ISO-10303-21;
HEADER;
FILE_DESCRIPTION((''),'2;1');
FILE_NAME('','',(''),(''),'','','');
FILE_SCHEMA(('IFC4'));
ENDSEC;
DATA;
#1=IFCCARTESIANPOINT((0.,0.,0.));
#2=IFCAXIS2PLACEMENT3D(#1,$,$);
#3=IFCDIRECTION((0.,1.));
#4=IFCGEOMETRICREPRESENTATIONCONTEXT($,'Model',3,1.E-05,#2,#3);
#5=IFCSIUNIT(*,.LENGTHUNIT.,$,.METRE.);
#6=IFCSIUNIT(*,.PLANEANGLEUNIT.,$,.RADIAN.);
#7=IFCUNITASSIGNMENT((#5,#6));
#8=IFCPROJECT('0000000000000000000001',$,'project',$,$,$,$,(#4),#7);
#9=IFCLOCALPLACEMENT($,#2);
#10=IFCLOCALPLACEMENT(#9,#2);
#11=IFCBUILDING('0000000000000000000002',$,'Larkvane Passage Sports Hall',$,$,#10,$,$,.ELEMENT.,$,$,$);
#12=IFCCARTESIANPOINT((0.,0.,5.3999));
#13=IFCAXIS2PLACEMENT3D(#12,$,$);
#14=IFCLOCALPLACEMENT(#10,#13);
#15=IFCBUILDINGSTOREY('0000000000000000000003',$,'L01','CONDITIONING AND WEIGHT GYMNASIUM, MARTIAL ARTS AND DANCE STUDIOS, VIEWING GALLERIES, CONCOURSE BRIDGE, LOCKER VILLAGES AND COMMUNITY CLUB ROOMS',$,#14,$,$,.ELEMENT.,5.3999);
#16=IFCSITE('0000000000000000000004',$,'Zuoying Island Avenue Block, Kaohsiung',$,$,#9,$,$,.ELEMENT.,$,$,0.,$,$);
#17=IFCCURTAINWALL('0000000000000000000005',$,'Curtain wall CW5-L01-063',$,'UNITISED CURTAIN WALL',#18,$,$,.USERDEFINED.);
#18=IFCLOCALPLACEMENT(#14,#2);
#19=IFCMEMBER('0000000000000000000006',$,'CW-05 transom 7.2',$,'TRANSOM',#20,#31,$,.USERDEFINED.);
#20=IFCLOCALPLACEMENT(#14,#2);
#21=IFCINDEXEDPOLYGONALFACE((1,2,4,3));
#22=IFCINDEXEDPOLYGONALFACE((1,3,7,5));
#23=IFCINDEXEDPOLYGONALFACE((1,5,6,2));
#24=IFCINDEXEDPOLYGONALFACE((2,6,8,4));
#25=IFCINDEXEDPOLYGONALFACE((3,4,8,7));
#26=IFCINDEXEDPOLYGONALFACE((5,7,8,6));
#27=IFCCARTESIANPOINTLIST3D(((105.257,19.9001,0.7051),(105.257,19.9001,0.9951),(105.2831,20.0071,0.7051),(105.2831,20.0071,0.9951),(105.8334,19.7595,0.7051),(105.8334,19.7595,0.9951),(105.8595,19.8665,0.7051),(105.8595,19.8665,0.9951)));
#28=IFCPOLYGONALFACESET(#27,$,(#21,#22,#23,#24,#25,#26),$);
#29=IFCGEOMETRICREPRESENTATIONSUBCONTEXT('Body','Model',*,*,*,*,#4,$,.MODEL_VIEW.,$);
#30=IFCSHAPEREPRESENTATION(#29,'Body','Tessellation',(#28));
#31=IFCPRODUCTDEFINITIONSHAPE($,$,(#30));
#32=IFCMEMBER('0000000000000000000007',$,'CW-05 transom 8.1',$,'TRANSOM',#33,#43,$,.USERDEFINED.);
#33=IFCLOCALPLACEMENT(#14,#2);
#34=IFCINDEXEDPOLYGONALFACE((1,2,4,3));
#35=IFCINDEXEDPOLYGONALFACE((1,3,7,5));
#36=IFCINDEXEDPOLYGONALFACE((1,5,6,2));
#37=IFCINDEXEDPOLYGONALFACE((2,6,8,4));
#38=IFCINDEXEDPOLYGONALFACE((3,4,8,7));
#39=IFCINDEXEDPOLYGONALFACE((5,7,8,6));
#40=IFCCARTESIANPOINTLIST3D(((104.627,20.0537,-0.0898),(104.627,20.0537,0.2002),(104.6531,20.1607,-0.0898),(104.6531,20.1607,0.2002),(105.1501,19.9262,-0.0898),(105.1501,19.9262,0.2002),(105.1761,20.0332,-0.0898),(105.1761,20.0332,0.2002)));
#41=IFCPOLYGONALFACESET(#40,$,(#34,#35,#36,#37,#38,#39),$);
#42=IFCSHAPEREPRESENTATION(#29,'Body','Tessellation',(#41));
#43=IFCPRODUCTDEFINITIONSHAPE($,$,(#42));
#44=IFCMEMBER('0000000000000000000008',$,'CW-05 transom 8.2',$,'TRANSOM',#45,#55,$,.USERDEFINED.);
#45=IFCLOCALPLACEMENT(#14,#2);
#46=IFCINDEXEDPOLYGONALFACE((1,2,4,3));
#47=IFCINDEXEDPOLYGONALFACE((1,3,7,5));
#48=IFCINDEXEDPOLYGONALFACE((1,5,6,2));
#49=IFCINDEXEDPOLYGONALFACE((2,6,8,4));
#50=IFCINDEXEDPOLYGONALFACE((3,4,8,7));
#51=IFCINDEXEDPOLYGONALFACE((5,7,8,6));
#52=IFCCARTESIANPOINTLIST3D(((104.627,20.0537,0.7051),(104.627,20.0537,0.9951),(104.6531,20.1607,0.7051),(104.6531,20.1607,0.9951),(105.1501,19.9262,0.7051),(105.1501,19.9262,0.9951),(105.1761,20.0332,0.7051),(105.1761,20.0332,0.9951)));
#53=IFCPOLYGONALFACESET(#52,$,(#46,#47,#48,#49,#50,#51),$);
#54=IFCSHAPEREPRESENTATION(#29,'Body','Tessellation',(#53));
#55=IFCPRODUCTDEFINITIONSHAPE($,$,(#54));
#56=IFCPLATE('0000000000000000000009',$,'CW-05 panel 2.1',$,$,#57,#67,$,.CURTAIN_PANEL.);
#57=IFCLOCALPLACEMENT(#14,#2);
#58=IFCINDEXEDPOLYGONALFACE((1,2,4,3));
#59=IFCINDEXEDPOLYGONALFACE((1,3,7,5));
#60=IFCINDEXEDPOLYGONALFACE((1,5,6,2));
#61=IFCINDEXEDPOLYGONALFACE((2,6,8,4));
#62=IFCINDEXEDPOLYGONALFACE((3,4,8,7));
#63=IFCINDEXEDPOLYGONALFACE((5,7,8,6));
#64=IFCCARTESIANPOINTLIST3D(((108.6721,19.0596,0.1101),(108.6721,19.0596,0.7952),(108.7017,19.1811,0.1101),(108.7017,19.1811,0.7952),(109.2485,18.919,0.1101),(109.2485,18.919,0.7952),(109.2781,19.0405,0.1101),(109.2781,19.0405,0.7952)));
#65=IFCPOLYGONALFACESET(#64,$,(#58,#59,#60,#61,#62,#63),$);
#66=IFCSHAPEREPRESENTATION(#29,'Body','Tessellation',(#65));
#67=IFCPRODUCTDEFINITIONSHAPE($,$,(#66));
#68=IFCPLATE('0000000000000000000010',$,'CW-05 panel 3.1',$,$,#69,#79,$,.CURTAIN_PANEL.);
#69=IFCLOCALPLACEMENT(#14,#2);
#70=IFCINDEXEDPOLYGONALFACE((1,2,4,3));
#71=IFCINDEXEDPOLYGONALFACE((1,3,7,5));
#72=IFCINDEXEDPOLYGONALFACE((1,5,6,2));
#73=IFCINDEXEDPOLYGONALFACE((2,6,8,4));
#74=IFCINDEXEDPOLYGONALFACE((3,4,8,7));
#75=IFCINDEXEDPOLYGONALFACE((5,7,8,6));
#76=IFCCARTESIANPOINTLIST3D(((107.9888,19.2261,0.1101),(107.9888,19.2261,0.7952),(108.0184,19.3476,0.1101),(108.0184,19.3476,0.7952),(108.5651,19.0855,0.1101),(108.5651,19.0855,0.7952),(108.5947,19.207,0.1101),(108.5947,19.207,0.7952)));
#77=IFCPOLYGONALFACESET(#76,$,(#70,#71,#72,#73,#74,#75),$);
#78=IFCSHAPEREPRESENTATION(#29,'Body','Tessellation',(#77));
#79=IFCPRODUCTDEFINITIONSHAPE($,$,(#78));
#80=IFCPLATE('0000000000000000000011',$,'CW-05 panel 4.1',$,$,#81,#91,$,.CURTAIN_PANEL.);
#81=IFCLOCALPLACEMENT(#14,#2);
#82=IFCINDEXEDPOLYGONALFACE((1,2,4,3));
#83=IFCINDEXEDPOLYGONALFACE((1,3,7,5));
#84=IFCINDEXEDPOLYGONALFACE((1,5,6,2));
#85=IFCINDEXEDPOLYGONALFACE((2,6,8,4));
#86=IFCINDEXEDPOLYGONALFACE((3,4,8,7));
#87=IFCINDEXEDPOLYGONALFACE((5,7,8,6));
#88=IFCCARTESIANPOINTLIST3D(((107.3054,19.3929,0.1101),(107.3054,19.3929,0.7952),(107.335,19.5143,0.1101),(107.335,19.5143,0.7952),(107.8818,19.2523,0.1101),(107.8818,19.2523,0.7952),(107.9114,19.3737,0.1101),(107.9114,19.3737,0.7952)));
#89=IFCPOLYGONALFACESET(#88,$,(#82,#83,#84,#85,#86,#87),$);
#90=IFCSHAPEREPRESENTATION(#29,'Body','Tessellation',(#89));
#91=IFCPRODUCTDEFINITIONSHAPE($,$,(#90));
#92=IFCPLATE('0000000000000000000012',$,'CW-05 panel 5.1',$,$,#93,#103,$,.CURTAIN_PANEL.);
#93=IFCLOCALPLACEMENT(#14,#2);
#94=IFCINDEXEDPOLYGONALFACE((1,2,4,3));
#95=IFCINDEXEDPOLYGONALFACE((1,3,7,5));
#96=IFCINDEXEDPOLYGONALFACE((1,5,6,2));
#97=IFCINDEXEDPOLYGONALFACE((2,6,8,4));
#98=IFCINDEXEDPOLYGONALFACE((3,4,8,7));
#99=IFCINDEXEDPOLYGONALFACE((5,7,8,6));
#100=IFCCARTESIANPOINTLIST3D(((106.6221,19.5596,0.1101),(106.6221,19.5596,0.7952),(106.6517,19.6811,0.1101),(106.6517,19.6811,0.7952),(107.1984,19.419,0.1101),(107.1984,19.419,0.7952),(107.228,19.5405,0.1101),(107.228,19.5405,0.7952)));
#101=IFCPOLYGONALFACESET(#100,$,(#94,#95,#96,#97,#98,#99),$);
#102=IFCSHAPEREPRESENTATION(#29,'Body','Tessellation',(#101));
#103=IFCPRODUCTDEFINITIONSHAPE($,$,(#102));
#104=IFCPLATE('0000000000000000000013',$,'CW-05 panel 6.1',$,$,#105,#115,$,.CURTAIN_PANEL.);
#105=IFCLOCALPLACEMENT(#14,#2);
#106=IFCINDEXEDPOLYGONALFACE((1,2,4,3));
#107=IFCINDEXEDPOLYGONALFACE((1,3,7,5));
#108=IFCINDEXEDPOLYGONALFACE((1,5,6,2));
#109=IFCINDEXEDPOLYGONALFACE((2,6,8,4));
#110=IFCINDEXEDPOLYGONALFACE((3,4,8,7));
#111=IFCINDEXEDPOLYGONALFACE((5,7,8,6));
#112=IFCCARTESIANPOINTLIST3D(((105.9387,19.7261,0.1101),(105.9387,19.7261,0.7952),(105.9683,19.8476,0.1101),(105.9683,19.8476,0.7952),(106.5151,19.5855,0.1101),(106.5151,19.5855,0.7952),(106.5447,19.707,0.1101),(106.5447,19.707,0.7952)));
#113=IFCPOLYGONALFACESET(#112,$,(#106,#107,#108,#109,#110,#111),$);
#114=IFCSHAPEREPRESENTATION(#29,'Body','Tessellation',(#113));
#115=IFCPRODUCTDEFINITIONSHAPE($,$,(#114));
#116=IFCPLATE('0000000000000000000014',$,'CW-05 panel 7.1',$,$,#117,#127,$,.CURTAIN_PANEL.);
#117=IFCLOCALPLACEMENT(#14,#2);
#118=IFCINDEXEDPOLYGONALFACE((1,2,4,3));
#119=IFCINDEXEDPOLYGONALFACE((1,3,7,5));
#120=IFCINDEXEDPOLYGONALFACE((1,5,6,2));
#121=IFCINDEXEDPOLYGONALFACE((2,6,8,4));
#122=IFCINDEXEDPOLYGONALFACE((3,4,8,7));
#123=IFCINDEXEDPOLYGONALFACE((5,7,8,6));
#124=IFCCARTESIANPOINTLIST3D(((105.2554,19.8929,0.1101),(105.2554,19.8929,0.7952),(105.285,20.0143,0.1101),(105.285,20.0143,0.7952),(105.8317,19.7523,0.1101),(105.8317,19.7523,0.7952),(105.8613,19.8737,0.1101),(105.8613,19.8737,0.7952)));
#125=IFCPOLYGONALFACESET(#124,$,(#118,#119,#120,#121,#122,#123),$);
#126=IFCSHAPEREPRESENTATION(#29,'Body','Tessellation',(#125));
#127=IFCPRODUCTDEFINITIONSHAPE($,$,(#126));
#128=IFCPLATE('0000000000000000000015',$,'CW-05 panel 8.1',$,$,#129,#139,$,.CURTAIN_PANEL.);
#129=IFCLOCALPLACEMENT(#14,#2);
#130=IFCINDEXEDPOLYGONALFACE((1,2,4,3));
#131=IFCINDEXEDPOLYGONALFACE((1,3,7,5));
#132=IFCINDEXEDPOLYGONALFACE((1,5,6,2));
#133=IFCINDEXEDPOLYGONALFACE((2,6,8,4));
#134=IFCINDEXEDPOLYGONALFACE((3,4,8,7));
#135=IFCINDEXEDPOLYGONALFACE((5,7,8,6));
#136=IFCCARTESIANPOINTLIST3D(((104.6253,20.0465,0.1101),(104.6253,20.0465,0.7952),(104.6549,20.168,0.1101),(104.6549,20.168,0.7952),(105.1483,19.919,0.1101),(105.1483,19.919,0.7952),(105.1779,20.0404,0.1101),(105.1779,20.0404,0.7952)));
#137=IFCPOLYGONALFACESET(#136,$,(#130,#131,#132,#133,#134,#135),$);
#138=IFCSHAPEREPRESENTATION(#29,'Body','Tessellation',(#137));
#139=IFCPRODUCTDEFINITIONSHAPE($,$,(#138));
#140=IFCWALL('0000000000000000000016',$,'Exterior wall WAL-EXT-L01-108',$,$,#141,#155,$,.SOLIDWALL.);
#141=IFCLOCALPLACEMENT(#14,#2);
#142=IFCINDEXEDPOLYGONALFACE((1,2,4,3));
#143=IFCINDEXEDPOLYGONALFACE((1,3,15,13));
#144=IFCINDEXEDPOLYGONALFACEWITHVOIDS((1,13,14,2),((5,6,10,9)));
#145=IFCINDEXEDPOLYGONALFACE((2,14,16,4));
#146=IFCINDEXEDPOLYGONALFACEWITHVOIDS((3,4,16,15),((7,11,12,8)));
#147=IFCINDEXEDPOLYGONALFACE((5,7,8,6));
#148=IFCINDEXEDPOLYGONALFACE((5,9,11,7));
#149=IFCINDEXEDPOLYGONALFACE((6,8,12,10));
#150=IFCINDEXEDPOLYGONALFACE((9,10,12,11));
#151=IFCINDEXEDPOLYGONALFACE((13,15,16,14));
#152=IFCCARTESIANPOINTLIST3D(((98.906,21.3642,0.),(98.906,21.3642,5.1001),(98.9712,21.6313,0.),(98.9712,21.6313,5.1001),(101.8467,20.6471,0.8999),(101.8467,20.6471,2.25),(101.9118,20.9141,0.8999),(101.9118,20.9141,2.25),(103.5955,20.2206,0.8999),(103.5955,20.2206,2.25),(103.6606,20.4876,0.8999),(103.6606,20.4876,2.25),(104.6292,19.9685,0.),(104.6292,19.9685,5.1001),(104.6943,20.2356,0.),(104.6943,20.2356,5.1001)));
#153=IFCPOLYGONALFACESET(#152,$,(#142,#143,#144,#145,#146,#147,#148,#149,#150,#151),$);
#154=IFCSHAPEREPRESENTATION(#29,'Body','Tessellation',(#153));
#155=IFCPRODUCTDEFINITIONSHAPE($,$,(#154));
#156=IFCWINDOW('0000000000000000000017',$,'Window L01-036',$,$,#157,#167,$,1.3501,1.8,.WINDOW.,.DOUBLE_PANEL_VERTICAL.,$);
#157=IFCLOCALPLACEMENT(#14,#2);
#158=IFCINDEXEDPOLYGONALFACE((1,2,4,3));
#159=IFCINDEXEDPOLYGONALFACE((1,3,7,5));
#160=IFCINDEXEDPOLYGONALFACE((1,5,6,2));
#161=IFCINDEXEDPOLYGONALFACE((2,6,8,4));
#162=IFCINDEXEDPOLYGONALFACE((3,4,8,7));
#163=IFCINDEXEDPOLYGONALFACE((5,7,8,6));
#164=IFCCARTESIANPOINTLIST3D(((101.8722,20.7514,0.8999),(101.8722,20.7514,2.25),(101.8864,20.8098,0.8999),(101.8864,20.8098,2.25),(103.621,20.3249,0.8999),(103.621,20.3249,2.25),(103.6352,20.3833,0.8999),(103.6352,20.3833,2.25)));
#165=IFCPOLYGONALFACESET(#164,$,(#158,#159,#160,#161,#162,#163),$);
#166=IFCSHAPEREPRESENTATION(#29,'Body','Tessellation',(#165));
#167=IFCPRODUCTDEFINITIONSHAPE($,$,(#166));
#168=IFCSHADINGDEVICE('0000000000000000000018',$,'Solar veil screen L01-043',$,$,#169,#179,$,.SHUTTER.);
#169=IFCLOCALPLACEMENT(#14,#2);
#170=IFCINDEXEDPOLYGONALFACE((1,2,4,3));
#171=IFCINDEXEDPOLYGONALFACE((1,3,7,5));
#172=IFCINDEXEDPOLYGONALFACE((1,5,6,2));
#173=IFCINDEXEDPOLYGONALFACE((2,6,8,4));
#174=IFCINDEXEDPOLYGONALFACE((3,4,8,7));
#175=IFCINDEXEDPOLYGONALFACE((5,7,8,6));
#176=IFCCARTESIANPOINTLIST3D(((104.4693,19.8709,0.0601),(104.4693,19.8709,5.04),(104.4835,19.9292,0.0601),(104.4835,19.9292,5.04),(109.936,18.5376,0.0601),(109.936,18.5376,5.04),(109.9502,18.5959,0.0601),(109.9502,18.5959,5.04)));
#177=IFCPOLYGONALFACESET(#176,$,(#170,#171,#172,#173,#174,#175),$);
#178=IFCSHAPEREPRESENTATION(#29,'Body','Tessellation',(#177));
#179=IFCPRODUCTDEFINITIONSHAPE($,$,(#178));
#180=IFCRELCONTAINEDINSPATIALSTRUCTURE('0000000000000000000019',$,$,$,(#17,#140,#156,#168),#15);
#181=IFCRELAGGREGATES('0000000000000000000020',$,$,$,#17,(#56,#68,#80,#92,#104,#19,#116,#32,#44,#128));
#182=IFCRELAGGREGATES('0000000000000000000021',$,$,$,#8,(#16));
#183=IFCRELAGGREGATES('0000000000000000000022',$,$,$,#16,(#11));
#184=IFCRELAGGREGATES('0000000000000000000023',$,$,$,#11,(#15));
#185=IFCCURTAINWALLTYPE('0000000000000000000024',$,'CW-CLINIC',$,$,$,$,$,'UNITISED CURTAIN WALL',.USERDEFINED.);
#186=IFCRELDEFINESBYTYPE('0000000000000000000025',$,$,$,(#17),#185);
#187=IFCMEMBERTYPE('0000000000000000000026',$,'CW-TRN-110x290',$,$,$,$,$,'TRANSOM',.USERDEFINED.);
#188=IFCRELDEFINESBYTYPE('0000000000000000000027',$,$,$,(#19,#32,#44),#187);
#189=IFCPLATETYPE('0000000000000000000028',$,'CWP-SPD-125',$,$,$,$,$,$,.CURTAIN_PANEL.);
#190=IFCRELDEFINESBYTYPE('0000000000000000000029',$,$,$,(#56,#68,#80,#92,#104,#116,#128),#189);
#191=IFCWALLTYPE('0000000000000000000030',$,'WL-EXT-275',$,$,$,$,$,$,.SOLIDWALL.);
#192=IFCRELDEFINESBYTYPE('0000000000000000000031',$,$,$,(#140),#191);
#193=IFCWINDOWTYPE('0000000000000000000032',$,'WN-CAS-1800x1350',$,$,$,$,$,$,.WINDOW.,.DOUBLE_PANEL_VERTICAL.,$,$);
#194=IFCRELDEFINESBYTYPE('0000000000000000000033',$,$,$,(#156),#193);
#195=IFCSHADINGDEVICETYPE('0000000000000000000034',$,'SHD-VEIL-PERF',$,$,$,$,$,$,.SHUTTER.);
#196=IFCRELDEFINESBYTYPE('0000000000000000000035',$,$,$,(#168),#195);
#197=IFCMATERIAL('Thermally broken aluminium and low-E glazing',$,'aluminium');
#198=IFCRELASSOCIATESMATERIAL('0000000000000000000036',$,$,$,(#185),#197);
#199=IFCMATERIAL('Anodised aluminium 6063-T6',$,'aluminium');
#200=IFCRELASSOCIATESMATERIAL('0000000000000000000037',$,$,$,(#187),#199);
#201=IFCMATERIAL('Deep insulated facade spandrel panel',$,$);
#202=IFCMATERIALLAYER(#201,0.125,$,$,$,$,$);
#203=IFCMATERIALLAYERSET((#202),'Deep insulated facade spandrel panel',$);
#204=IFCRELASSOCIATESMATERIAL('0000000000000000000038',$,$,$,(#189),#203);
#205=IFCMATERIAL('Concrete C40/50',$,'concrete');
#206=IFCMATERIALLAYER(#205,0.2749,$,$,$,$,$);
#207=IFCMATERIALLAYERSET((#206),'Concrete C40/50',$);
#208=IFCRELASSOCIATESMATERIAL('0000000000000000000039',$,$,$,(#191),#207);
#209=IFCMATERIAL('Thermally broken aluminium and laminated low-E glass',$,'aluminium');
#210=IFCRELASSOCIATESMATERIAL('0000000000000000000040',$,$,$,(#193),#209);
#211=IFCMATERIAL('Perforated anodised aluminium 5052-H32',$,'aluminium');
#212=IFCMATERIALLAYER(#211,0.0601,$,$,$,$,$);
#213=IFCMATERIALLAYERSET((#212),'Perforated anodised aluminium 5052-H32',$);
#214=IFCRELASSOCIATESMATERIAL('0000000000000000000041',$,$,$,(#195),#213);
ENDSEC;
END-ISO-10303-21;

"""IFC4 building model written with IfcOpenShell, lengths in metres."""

from ifc_helpers import new_model, si_unit, direction, frame, frame_2d, origin, origin_2d, place, context, subcontext, project, spatial, rectangle, extrude, material, layer, layer_set, material_profile, profile_set, type_object, element, fill, aggregate, save


model = new_model("IFC4")

# Units and contexts
model_context = context("Model", 3, precision=1e-05, world=origin(), true_north=direction((0.0, 1.0)))
body_context = subcontext(model_context, "Body", "Model", "MODEL_VIEW")
ifc_project = project(units=[si_unit("LENGTHUNIT", "METRE"), si_unit("PLANEANGLEUNIT", "RADIAN")], contexts=[model_context])

# Site, building, storey
site_placement = place(None, origin())
site = spatial("IfcSite", under=ifc_project, at=site_placement, Name="Zuoying Island Avenue Block, Kaohsiung", CompositionType="ELEMENT", RefElevation=0.0)
building_placement = place(site_placement, origin())
building = spatial("IfcBuilding", under=site, at=building_placement, Name="Larkvane Passage Sports Hall", CompositionType="ELEMENT")
storey_placement = place(building_placement, frame((0.0, 0.0, 5.3999)))
storey = spatial("IfcBuildingStorey", under=building, at=storey_placement, Name="L01", Description="CONDITIONING AND WEIGHT GYMNASIUM, MARTIAL ARTS AND DANCE STUDIOS, VIEWING GALLERIES, CONCOURSE BRIDGE, LOCKER VILLAGES AND COMMUNITY CLUB ROOMS", CompositionType="ELEMENT", Elevation=5.3999)

# Curtain wall, members, plates
ifc_material_1 = material(Name="Thermally broken aluminium and low-E glazing", Category="aluminium")
curtain_wall_type = type_object("IfcCurtainWallType", Name="CW-CLINIC", ElementType="UNITISED CURTAIN WALL", PredefinedType="USERDEFINED", material=ifc_material_1)
curtain_wall_placement = place(storey_placement, origin())
curtain_wall = element("IfcCurtainWall", 1, at=curtain_wall_placement, inside=storey, type_object=curtain_wall_type, Name="Curtain wall CW5-L01-063", ObjectType="UNITISED CURTAIN WALL", PredefinedType="USERDEFINED")
ifc_material_2 = material(Name="Anodised aluminium 6063-T6", Category="aluminium")
ifc_material_profile_1 = material_profile(ifc_material_2, rectangle(XDim=0.1101, YDim=0.29, at=origin_2d()), Name="ALU-TRN-110x290")
ifc_profile_set_1 = profile_set([ifc_material_profile_1], Name="Anodised aluminium 6063-T6")
member_type_1 = type_object("IfcMemberType", Name="CW-TRN-110x290", ElementType="TRANSOM", PredefinedType="USERDEFINED", material=ifc_profile_set_1)
member_1_placement = place(storey_placement, frame((105.8464, 19.813, 0.8501), z_axis=(-0.971506, 0.237013, 0.0), x_axis=(-0.237013, -0.971506, 0.0)))
member_1 = element("IfcMember", 2, at=member_1_placement, type_object=member_type_1, Name="CW-05 transom 7.2", ObjectType="TRANSOM", PredefinedType="USERDEFINED", context=body_context, shape_type="SweptSolid", body=[
    extrude(rectangle(XDim=0.1101, YDim=0.29, at=origin_2d()), origin(), (0.0, 0.0, 1.0), 0.5933),
])
member_2_placement = place(storey_placement, frame((105.1631, 19.9797, 0.0552), z_axis=(-0.971566, 0.236768, 0.0), x_axis=(-0.236768, -0.971566, 0.0)))
member_2 = element("IfcMember", 3, at=member_2_placement, type_object=member_type_1, Name="CW-05 transom 8.1", ObjectType="TRANSOM", PredefinedType="USERDEFINED", context=body_context, shape_type="SweptSolid", body=[
    extrude(rectangle(XDim=0.1101, YDim=0.29, at=origin_2d()), origin(), (0.0, 0.0, 1.0), 0.5383),
])
member_3_placement = place(storey_placement, frame((105.1631, 19.9797, 0.8501), z_axis=(-0.971566, 0.236768, 0.0), x_axis=(-0.236768, -0.971566, 0.0)))
member_3 = element("IfcMember", 4, at=member_3_placement, type_object=member_type_1, Name="CW-05 transom 8.2", ObjectType="TRANSOM", PredefinedType="USERDEFINED", context=body_context, shape_type="SweptSolid", body=[
    extrude(rectangle(XDim=0.1101, YDim=0.29, at=origin_2d()), origin(), (0.0, 0.0, 1.0), 0.5383),
])
ifc_material_3 = material(Name="Deep insulated facade spandrel panel")
ifc_layer_1 = layer(ifc_material_3, 0.125)
ifc_layer_set_1 = layer_set([ifc_layer_1], Name="Deep insulated facade spandrel panel")
plate_type = type_object("IfcPlateType", Name="CWP-SPD-125", PredefinedType="CURTAIN_PANEL", material=ifc_layer_set_1)
plate_1_placement = place(storey_placement, frame((108.9751, 19.05, 0.1101), z_axis=(0.0, 0.0, 1.0), x_axis=(-0.971522, 0.236949, 0.0)))
plate_1 = element("IfcPlate", 5, at=plate_1_placement, type_object=plate_type, Name="CW-05 panel 2.1", PredefinedType="CURTAIN_PANEL", context=body_context, shape_type="SweptSolid", body=[
    extrude(rectangle(XDim=0.5933, YDim=0.125, at=origin_2d()), origin(), (0.0, 0.0, 1.0), 0.6851),
])
plate_2_placement = place(storey_placement, frame((108.2917, 19.2166, 0.1101), z_axis=(0.0, 0.0, 1.0), x_axis=(-0.971522, 0.236949, 0.0)))
plate_2 = element("IfcPlate", 6, at=plate_2_placement, type_object=plate_type, Name="CW-05 panel 3.1", PredefinedType="CURTAIN_PANEL", context=body_context, shape_type="SweptSolid", body=[
    extrude(rectangle(XDim=0.5933, YDim=0.125, at=origin_2d()), origin(), (0.0, 0.0, 1.0), 0.6851),
])
plate_3_placement = place(storey_placement, frame((107.6084, 19.3833, 0.1101), z_axis=(0.0, 0.0, 1.0), x_axis=(-0.971522, 0.236949, 0.0)))
plate_3 = element("IfcPlate", 7, at=plate_3_placement, type_object=plate_type, Name="CW-05 panel 4.1", PredefinedType="CURTAIN_PANEL", context=body_context, shape_type="SweptSolid", body=[
    extrude(rectangle(XDim=0.5933, YDim=0.125, at=origin_2d()), origin(), (0.0, 0.0, 1.0), 0.6851),
])
plate_4_placement = place(storey_placement, frame((106.925, 19.55, 0.1101), z_axis=(0.0, 0.0, 1.0), x_axis=(-0.971522, 0.236949, 0.0)))
plate_4 = element("IfcPlate", 8, at=plate_4_placement, type_object=plate_type, Name="CW-05 panel 5.1", PredefinedType="CURTAIN_PANEL", context=body_context, shape_type="SweptSolid", body=[
    extrude(rectangle(XDim=0.5933, YDim=0.125, at=origin_2d()), origin(), (0.0, 0.0, 1.0), 0.6851),
])
plate_5_placement = place(storey_placement, frame((106.2417, 19.7166, 0.1101), z_axis=(0.0, 0.0, 1.0), x_axis=(-0.971522, 0.236949, 0.0)))
plate_5 = element("IfcPlate", 9, at=plate_5_placement, type_object=plate_type, Name="CW-05 panel 6.1", PredefinedType="CURTAIN_PANEL", context=body_context, shape_type="SweptSolid", body=[
    extrude(rectangle(XDim=0.5933, YDim=0.125, at=origin_2d()), origin(), (0.0, 0.0, 1.0), 0.6851),
])
plate_6_placement = place(storey_placement, frame((105.5583, 19.8833, 0.1101), z_axis=(0.0, 0.0, 1.0), x_axis=(-0.971522, 0.236949, 0.0)))
plate_6 = element("IfcPlate", 10, at=plate_6_placement, type_object=plate_type, Name="CW-05 panel 7.1", PredefinedType="CURTAIN_PANEL", context=body_context, shape_type="SweptSolid", body=[
    extrude(rectangle(XDim=0.5933, YDim=0.125, at=origin_2d()), origin(), (0.0, 0.0, 1.0), 0.6851),
])
plate_7_placement = place(storey_placement, frame((104.9016, 20.0435, 0.1101), z_axis=(0.0, 0.0, 1.0), x_axis=(-0.971522, 0.236949, 0.0)))
plate_7 = element("IfcPlate", 11, at=plate_7_placement, type_object=plate_type, Name="CW-05 panel 8.1", PredefinedType="CURTAIN_PANEL", context=body_context, shape_type="SweptSolid", body=[
    extrude(rectangle(XDim=0.5383, YDim=0.125, at=origin_2d()), origin(), (0.0, 0.0, 1.0), 0.6851),
])
aggregate(curtain_wall, [plate_1, plate_2, plate_3, plate_4, plate_5, member_1, plate_6, member_2, member_3, plate_7])

# Wall, opening, window
ifc_material_4 = material(Name="Concrete C40/50", Category="concrete")
ifc_layer_2 = layer(ifc_material_4, 0.2749)
ifc_layer_set_2 = layer_set([ifc_layer_2], Name="Concrete C40/50")
wall_type = type_object("IfcWallType", Name="WL-EXT-275", PredefinedType="SOLIDWALL", material=ifc_layer_set_2)
wall_placement = place(storey_placement, frame((104.6616, 20.1021, 0.0), z_axis=(0.0, 0.0, 1.0), x_axis=(-0.971526, 0.236934, 0.0)))
wall = element("IfcWall", 12, at=wall_placement, inside=storey, type_object=wall_type, Name="Exterior wall WAL-EXT-L01-108", PredefinedType="SOLIDWALL", context=body_context, shape_type="SweptSolid", body=[
    extrude(rectangle(XDim=5.8909, YDim=0.2749, at=frame_2d((2.9453, 0.0))), origin(), (0.0, 0.0, 1.0), 5.1001),
])
opening_placement = place(wall_placement, frame((1.064, 0.0, 0.8999)))
opening = element("IfcOpeningElement", 13, at=opening_placement, cuts=wall, PredefinedType="OPENING", context=body_context, shape_type="SweptSolid", body=[
    extrude(rectangle(XDim=1.8, YDim=1.3501, at=frame_2d((0.8999, 0.675))), frame((0.0, 0.1475, 0.0), z_axis=(0.0, -1.0, 0.0), x_axis=(1.0, 0.0, 0.0)), (0.0, 0.0, 1.0), 0.2949),
])
ifc_material_5 = material(Name="Thermally broken aluminium and laminated low-E glass", Category="aluminium")
window_type = type_object("IfcWindowType", Name="WN-CAS-1800x1350", PartitioningType="DOUBLE_PANEL_VERTICAL", PredefinedType="WINDOW", material=ifc_material_5)
window_placement = place(opening_placement, origin())
window = element("IfcWindow", 14, at=window_placement, inside=storey, type_object=window_type, Name="Window L01-036", OverallHeight=1.3501, OverallWidth=1.8, PartitioningType="DOUBLE_PANEL_VERTICAL", PredefinedType="WINDOW", context=body_context, shape_type="SweptSolid", body=[
    extrude(rectangle(XDim=1.8, YDim=1.3501, at=frame_2d((0.8999, 0.675))), frame((0.0, 0.03, 0.0), z_axis=(0.0, -1.0, 0.0), x_axis=(1.0, 0.0, 0.0)), (0.0, 0.0, 1.0), 0.0601),
])
fill(opening, window)

# Shading device
ifc_material_6 = material(Name="Perforated anodised aluminium 5052-H32", Category="aluminium")
ifc_layer_3 = layer(ifc_material_6, 0.0601)
ifc_layer_set_3 = layer_set([ifc_layer_3], Name="Perforated anodised aluminium 5052-H32")
shading_device_type = type_object("IfcShadingDeviceType", Name="SHD-VEIL-PERF", PredefinedType="SHUTTER", material=ifc_layer_set_3)
shading_device_placement = place(storey_placement, frame((107.2097, 19.2334, 0.0601), z_axis=(0.0, 0.0, 1.0), x_axis=(-0.97152, 0.236956, 0.0)))
element("IfcShadingDevice", 15, at=shading_device_placement, inside=storey, type_object=shading_device_type, Name="Solar veil screen L01-043", PredefinedType="SHUTTER", context=body_context, shape_type="SweptSolid", body=[
    extrude(rectangle(XDim=5.627, YDim=0.0601, at=origin_2d()), origin(), (0.0, 0.0, 1.0), 4.98),
])

save(model, "model.ifc")
